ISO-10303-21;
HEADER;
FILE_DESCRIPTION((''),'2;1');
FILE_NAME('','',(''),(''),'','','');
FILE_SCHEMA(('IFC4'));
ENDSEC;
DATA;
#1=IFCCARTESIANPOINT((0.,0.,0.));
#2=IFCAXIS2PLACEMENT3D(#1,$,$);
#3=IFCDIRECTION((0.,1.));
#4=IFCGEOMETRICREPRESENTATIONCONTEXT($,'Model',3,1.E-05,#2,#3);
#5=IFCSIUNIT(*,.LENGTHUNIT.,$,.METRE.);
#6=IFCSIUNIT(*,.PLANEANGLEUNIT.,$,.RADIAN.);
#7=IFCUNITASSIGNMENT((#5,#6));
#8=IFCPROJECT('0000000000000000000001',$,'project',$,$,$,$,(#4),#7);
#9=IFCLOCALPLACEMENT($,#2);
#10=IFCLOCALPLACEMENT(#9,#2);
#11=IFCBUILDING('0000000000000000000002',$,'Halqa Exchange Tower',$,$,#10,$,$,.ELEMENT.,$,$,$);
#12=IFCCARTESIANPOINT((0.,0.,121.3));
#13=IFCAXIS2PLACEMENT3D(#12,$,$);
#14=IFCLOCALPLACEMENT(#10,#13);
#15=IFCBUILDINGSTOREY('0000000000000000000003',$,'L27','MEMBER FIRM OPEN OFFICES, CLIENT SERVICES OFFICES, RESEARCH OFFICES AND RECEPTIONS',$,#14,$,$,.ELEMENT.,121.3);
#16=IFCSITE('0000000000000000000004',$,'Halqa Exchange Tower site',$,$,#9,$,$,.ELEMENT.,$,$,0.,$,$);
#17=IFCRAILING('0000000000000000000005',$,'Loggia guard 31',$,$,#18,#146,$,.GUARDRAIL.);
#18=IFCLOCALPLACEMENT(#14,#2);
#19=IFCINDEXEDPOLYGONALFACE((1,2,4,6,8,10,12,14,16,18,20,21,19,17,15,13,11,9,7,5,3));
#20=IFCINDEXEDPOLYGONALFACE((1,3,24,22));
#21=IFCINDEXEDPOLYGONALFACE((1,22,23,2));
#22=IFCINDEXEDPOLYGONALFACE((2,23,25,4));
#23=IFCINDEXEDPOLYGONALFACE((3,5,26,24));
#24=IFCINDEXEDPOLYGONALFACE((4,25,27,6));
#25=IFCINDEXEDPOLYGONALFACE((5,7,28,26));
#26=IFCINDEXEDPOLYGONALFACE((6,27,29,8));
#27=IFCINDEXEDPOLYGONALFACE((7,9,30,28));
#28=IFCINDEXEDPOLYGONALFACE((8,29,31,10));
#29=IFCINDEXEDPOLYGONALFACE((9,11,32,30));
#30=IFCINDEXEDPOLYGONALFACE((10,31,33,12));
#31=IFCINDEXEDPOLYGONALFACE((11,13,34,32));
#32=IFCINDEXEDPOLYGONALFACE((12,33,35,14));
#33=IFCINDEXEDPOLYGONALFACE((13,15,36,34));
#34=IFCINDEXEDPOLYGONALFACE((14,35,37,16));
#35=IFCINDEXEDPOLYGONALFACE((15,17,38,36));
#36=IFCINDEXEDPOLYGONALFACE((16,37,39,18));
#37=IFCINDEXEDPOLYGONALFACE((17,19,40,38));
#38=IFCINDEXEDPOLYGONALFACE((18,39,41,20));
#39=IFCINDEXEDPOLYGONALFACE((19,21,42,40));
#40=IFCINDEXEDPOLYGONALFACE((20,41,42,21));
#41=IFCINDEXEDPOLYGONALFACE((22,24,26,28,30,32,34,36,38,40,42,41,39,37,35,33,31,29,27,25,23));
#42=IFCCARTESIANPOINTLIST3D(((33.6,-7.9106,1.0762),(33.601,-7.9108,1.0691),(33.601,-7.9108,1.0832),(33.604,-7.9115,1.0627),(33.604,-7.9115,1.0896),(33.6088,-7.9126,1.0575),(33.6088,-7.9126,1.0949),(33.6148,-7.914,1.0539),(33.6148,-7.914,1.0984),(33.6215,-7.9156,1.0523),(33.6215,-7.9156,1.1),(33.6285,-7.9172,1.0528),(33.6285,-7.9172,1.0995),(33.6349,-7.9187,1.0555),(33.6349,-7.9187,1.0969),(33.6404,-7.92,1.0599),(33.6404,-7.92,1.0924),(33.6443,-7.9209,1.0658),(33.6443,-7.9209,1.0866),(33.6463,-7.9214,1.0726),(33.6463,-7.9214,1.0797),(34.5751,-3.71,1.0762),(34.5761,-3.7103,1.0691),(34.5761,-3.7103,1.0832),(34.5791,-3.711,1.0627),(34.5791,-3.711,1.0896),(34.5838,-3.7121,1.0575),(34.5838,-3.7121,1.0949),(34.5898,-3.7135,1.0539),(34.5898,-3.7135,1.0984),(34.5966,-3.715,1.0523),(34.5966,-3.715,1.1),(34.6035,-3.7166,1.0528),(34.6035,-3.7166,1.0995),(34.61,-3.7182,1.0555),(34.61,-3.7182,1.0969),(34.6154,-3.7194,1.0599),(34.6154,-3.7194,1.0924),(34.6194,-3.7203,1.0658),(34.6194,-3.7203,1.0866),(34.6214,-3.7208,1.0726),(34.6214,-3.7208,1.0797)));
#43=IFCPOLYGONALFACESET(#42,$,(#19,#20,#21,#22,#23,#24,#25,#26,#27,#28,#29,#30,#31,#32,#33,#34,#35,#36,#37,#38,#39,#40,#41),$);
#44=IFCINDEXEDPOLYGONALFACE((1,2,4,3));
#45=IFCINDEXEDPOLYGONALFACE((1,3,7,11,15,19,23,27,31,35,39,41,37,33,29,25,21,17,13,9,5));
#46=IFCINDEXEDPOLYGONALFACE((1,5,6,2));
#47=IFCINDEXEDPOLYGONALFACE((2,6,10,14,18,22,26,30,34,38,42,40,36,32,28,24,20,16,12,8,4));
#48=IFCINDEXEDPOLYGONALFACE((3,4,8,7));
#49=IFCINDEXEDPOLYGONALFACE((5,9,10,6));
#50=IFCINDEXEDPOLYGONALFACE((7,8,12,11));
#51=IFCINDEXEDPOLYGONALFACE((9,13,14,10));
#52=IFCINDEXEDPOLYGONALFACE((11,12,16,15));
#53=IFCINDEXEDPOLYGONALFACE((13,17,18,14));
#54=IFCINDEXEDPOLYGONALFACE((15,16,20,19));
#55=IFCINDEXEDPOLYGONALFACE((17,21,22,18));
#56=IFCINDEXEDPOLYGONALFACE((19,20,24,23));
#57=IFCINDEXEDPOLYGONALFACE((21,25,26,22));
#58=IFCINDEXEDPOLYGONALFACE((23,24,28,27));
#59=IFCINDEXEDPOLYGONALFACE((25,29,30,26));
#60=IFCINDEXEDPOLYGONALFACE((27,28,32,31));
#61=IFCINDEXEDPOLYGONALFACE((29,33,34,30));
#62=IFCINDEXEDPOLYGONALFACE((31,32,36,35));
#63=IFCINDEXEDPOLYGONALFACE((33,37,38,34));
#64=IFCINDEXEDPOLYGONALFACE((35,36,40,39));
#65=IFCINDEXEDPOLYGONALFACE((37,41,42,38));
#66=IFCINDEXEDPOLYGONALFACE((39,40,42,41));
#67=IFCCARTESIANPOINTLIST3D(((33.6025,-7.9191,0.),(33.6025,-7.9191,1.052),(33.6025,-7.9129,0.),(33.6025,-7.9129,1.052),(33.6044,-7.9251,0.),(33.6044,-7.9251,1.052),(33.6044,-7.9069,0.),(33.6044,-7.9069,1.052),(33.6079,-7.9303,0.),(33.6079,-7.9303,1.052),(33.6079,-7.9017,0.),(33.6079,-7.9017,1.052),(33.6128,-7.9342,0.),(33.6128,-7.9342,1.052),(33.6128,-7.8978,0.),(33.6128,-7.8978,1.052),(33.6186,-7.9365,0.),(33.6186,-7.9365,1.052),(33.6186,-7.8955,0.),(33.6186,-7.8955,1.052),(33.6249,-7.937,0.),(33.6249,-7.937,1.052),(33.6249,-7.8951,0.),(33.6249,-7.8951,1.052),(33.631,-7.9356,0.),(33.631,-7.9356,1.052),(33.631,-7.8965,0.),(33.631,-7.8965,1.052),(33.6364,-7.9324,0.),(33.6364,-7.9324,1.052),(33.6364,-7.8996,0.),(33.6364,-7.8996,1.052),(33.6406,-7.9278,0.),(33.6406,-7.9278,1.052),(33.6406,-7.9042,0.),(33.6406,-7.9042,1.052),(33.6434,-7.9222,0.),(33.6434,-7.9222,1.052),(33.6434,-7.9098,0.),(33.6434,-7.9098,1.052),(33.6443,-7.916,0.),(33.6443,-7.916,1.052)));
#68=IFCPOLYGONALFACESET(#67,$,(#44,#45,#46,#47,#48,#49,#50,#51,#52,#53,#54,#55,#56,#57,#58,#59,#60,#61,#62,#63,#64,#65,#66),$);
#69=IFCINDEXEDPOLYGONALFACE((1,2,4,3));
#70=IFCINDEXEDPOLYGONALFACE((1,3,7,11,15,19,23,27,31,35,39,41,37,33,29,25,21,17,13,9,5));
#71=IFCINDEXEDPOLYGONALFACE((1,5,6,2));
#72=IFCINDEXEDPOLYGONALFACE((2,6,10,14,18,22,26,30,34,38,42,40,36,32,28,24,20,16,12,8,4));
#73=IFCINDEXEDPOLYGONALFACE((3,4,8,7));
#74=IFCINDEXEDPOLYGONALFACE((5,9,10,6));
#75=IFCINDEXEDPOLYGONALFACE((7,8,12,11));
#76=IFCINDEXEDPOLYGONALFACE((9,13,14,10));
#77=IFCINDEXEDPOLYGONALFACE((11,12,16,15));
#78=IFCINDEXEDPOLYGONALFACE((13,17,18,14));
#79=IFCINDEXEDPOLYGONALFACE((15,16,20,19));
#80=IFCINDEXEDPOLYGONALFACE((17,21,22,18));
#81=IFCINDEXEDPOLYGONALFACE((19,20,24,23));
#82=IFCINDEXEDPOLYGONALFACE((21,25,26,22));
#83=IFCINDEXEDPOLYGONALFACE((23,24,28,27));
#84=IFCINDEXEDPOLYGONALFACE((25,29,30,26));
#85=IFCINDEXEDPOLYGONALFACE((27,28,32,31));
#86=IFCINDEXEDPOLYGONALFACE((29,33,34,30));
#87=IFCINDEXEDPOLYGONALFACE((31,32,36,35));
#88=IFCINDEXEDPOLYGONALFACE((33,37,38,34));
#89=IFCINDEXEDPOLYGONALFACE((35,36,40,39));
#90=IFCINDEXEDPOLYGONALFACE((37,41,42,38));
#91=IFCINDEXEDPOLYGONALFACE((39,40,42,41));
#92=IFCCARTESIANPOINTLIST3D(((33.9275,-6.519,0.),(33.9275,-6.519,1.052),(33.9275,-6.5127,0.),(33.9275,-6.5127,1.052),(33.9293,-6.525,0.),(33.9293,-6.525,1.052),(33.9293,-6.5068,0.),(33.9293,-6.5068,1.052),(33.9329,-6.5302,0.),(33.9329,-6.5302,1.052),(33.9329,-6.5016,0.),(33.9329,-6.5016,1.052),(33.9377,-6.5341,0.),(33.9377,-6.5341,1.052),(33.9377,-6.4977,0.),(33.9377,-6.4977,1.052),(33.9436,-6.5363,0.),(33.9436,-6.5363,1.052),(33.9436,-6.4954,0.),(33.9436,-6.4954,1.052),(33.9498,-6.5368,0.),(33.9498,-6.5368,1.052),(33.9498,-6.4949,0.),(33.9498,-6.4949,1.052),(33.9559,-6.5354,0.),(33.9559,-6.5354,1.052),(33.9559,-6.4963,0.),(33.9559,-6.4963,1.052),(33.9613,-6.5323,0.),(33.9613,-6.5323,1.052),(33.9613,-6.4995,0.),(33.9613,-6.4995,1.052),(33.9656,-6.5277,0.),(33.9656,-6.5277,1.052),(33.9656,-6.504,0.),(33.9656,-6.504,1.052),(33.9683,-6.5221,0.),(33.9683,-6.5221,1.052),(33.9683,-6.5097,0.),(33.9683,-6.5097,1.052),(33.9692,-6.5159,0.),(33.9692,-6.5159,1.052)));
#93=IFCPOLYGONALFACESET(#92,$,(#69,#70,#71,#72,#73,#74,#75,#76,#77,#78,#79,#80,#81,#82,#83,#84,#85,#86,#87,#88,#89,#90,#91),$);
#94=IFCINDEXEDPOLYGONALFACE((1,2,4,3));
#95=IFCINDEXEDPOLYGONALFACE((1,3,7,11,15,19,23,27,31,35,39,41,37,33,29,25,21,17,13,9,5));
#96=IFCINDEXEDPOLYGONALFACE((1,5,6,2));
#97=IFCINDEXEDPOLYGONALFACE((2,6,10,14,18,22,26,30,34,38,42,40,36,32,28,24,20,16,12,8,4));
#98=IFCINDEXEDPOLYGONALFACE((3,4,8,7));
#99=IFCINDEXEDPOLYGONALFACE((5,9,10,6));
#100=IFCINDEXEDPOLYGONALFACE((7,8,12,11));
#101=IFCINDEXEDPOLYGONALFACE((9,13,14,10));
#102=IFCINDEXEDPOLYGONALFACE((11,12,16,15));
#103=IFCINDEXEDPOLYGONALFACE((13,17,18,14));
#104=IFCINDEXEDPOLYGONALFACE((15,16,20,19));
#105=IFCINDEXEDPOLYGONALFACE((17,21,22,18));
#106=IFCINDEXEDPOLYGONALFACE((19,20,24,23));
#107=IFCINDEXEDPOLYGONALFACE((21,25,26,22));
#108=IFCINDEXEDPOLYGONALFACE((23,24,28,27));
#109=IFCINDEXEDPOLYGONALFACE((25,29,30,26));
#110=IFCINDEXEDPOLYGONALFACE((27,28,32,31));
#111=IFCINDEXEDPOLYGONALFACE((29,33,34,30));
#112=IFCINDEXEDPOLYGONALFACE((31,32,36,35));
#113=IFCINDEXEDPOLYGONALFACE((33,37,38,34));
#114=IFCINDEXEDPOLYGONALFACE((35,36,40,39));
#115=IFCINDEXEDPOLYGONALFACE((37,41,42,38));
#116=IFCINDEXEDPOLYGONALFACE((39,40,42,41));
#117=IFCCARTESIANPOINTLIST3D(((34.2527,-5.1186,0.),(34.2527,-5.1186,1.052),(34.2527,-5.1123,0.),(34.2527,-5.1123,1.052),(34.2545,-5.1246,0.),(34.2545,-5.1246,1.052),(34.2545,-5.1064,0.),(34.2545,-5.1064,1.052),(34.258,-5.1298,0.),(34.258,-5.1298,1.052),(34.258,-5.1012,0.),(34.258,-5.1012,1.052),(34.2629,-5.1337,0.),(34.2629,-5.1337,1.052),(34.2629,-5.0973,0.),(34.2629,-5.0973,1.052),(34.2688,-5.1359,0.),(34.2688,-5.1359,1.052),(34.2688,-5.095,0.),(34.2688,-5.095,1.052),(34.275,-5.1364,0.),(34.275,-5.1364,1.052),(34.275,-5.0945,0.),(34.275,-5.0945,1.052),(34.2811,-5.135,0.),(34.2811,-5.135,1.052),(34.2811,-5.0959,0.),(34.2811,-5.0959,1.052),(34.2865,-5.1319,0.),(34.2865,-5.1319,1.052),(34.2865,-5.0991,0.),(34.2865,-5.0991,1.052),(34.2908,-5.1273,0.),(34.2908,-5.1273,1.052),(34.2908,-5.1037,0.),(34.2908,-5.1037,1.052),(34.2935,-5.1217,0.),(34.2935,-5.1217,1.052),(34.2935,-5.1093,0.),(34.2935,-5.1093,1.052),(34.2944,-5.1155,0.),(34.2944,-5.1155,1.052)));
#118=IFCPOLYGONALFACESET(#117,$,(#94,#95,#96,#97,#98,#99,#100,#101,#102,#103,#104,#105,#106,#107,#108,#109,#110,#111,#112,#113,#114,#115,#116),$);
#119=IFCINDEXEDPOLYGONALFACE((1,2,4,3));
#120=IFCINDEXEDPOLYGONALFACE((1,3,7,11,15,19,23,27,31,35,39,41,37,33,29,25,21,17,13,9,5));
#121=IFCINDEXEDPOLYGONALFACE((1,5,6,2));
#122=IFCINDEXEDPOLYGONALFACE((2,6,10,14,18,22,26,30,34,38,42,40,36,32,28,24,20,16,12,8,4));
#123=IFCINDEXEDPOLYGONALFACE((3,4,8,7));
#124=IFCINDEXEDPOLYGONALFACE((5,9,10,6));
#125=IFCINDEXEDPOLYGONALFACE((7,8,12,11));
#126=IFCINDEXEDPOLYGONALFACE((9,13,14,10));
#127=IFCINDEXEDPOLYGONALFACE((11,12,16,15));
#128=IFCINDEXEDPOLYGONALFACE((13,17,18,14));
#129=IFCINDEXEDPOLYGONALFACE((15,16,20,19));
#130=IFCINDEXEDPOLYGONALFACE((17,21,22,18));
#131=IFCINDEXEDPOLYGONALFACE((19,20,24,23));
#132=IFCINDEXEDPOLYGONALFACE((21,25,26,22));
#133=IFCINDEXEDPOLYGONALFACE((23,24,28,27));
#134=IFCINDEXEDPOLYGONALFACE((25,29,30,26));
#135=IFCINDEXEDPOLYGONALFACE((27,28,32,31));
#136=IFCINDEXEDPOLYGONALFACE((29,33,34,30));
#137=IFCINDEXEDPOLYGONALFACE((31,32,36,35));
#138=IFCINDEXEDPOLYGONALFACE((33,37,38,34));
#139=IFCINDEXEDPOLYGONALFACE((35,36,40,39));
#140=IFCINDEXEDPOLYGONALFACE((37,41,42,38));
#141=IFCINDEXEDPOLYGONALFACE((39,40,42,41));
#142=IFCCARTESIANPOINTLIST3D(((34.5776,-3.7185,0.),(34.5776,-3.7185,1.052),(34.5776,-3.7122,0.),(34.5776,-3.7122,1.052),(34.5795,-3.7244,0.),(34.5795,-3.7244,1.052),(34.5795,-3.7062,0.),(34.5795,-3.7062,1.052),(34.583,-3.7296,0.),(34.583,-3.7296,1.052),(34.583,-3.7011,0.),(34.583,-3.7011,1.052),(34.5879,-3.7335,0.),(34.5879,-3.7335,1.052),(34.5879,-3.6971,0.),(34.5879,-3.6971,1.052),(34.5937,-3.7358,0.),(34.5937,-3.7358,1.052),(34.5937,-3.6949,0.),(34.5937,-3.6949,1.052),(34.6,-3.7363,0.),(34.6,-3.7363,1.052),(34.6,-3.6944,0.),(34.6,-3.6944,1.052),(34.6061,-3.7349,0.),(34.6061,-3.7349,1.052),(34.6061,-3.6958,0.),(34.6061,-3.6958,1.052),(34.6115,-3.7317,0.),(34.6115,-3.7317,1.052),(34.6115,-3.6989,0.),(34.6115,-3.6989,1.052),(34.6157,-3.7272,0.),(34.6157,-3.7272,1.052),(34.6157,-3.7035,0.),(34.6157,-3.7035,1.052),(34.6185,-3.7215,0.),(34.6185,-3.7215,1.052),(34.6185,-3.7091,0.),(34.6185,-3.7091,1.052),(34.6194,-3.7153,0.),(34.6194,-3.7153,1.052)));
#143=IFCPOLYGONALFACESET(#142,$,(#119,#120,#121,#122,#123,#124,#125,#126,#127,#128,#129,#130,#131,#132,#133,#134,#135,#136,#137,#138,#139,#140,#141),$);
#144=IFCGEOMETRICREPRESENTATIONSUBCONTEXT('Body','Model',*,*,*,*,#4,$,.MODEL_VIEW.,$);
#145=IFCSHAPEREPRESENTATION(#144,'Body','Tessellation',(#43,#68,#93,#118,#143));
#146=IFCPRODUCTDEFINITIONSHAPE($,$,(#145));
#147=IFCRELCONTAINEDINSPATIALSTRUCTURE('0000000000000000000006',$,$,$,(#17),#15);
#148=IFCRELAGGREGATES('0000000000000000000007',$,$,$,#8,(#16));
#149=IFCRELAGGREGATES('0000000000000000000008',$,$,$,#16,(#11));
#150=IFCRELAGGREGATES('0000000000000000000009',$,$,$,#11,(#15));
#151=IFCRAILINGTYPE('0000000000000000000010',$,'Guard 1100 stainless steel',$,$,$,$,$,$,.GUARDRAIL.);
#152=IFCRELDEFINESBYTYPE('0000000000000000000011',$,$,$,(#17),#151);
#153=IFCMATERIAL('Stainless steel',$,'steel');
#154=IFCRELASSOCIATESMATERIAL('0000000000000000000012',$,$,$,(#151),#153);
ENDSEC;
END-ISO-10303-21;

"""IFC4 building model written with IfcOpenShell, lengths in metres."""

from ifc_helpers import new_model, si_unit, direction, frame, origin, origin_2d, place, context, subcontext, project, spatial, circle, extrude, material, type_object, element, save


model = new_model("IFC4")

# Units and contexts
model_context = context("Model", 3, precision=1e-05, world=origin(), true_north=direction((0.0, 1.0)))
body_context = subcontext(model_context, "Body", "Model", "MODEL_VIEW")
ifc_project = project(units=[si_unit("LENGTHUNIT", "METRE"), si_unit("PLANEANGLEUNIT", "RADIAN")], contexts=[model_context])

# Site, building, storey
site_placement = place(None, origin())
site = spatial("IfcSite", under=ifc_project, at=site_placement, Name="Halqa Exchange Tower site", CompositionType="ELEMENT", RefElevation=0.0)
building_placement = place(site_placement, origin())
building = spatial("IfcBuilding", under=site, at=building_placement, Name="Halqa Exchange Tower", CompositionType="ELEMENT")
storey_placement = place(building_placement, frame((0.0, 0.0, 121.3)))
storey = spatial("IfcBuildingStorey", under=building, at=storey_placement, Name="L27", Description="MEMBER FIRM OPEN OFFICES, CLIENT SERVICES OFFICES, RESEARCH OFFICES AND RECEPTIONS", CompositionType="ELEMENT", Elevation=121.3)

# Railing
ifc_material_1 = material(Name="Stainless steel", Category="steel")
railing_type = type_object("IfcRailingType", Name="Guard 1100 stainless steel", PredefinedType="GUARDRAIL", material=ifc_material_1)
railing_1_placement = place(storey_placement, frame((33.6233, -7.916, 0.0)))
element("IfcRailing", 1, at=railing_1_placement, inside=storey, type_object=railing_type, Name="Loggia guard 31", PredefinedType="GUARDRAIL", context=body_context, shape_type="SweptSolid", body=[
    extrude(circle(Radius=0.0239, at=origin_2d()), frame((0.0, 0.0, 1.0762), z_axis=(0.226116, 0.9741, 0.0), x_axis=(-0.9741, 0.226116, 0.0)), (0.0, 0.0, 1.0), 4.3123),
    extrude(circle(Radius=0.021, at=origin_2d()), origin(), (0.0, 0.0, 1.0), 1.052),
    extrude(circle(Radius=0.021, at=origin_2d()), frame((0.325, 1.4001, 0.0)), (0.0, 0.0, 1.0), 1.052),
    extrude(circle(Radius=0.021, at=origin_2d()), frame((0.6501, 2.8005, 0.0)), (0.0, 0.0, 1.0), 1.052),
    extrude(circle(Radius=0.021, at=origin_2d()), frame((0.9751, 4.2007, 0.0)), (0.0, 0.0, 1.0), 1.052),
])

save(model, "model.ifc")
